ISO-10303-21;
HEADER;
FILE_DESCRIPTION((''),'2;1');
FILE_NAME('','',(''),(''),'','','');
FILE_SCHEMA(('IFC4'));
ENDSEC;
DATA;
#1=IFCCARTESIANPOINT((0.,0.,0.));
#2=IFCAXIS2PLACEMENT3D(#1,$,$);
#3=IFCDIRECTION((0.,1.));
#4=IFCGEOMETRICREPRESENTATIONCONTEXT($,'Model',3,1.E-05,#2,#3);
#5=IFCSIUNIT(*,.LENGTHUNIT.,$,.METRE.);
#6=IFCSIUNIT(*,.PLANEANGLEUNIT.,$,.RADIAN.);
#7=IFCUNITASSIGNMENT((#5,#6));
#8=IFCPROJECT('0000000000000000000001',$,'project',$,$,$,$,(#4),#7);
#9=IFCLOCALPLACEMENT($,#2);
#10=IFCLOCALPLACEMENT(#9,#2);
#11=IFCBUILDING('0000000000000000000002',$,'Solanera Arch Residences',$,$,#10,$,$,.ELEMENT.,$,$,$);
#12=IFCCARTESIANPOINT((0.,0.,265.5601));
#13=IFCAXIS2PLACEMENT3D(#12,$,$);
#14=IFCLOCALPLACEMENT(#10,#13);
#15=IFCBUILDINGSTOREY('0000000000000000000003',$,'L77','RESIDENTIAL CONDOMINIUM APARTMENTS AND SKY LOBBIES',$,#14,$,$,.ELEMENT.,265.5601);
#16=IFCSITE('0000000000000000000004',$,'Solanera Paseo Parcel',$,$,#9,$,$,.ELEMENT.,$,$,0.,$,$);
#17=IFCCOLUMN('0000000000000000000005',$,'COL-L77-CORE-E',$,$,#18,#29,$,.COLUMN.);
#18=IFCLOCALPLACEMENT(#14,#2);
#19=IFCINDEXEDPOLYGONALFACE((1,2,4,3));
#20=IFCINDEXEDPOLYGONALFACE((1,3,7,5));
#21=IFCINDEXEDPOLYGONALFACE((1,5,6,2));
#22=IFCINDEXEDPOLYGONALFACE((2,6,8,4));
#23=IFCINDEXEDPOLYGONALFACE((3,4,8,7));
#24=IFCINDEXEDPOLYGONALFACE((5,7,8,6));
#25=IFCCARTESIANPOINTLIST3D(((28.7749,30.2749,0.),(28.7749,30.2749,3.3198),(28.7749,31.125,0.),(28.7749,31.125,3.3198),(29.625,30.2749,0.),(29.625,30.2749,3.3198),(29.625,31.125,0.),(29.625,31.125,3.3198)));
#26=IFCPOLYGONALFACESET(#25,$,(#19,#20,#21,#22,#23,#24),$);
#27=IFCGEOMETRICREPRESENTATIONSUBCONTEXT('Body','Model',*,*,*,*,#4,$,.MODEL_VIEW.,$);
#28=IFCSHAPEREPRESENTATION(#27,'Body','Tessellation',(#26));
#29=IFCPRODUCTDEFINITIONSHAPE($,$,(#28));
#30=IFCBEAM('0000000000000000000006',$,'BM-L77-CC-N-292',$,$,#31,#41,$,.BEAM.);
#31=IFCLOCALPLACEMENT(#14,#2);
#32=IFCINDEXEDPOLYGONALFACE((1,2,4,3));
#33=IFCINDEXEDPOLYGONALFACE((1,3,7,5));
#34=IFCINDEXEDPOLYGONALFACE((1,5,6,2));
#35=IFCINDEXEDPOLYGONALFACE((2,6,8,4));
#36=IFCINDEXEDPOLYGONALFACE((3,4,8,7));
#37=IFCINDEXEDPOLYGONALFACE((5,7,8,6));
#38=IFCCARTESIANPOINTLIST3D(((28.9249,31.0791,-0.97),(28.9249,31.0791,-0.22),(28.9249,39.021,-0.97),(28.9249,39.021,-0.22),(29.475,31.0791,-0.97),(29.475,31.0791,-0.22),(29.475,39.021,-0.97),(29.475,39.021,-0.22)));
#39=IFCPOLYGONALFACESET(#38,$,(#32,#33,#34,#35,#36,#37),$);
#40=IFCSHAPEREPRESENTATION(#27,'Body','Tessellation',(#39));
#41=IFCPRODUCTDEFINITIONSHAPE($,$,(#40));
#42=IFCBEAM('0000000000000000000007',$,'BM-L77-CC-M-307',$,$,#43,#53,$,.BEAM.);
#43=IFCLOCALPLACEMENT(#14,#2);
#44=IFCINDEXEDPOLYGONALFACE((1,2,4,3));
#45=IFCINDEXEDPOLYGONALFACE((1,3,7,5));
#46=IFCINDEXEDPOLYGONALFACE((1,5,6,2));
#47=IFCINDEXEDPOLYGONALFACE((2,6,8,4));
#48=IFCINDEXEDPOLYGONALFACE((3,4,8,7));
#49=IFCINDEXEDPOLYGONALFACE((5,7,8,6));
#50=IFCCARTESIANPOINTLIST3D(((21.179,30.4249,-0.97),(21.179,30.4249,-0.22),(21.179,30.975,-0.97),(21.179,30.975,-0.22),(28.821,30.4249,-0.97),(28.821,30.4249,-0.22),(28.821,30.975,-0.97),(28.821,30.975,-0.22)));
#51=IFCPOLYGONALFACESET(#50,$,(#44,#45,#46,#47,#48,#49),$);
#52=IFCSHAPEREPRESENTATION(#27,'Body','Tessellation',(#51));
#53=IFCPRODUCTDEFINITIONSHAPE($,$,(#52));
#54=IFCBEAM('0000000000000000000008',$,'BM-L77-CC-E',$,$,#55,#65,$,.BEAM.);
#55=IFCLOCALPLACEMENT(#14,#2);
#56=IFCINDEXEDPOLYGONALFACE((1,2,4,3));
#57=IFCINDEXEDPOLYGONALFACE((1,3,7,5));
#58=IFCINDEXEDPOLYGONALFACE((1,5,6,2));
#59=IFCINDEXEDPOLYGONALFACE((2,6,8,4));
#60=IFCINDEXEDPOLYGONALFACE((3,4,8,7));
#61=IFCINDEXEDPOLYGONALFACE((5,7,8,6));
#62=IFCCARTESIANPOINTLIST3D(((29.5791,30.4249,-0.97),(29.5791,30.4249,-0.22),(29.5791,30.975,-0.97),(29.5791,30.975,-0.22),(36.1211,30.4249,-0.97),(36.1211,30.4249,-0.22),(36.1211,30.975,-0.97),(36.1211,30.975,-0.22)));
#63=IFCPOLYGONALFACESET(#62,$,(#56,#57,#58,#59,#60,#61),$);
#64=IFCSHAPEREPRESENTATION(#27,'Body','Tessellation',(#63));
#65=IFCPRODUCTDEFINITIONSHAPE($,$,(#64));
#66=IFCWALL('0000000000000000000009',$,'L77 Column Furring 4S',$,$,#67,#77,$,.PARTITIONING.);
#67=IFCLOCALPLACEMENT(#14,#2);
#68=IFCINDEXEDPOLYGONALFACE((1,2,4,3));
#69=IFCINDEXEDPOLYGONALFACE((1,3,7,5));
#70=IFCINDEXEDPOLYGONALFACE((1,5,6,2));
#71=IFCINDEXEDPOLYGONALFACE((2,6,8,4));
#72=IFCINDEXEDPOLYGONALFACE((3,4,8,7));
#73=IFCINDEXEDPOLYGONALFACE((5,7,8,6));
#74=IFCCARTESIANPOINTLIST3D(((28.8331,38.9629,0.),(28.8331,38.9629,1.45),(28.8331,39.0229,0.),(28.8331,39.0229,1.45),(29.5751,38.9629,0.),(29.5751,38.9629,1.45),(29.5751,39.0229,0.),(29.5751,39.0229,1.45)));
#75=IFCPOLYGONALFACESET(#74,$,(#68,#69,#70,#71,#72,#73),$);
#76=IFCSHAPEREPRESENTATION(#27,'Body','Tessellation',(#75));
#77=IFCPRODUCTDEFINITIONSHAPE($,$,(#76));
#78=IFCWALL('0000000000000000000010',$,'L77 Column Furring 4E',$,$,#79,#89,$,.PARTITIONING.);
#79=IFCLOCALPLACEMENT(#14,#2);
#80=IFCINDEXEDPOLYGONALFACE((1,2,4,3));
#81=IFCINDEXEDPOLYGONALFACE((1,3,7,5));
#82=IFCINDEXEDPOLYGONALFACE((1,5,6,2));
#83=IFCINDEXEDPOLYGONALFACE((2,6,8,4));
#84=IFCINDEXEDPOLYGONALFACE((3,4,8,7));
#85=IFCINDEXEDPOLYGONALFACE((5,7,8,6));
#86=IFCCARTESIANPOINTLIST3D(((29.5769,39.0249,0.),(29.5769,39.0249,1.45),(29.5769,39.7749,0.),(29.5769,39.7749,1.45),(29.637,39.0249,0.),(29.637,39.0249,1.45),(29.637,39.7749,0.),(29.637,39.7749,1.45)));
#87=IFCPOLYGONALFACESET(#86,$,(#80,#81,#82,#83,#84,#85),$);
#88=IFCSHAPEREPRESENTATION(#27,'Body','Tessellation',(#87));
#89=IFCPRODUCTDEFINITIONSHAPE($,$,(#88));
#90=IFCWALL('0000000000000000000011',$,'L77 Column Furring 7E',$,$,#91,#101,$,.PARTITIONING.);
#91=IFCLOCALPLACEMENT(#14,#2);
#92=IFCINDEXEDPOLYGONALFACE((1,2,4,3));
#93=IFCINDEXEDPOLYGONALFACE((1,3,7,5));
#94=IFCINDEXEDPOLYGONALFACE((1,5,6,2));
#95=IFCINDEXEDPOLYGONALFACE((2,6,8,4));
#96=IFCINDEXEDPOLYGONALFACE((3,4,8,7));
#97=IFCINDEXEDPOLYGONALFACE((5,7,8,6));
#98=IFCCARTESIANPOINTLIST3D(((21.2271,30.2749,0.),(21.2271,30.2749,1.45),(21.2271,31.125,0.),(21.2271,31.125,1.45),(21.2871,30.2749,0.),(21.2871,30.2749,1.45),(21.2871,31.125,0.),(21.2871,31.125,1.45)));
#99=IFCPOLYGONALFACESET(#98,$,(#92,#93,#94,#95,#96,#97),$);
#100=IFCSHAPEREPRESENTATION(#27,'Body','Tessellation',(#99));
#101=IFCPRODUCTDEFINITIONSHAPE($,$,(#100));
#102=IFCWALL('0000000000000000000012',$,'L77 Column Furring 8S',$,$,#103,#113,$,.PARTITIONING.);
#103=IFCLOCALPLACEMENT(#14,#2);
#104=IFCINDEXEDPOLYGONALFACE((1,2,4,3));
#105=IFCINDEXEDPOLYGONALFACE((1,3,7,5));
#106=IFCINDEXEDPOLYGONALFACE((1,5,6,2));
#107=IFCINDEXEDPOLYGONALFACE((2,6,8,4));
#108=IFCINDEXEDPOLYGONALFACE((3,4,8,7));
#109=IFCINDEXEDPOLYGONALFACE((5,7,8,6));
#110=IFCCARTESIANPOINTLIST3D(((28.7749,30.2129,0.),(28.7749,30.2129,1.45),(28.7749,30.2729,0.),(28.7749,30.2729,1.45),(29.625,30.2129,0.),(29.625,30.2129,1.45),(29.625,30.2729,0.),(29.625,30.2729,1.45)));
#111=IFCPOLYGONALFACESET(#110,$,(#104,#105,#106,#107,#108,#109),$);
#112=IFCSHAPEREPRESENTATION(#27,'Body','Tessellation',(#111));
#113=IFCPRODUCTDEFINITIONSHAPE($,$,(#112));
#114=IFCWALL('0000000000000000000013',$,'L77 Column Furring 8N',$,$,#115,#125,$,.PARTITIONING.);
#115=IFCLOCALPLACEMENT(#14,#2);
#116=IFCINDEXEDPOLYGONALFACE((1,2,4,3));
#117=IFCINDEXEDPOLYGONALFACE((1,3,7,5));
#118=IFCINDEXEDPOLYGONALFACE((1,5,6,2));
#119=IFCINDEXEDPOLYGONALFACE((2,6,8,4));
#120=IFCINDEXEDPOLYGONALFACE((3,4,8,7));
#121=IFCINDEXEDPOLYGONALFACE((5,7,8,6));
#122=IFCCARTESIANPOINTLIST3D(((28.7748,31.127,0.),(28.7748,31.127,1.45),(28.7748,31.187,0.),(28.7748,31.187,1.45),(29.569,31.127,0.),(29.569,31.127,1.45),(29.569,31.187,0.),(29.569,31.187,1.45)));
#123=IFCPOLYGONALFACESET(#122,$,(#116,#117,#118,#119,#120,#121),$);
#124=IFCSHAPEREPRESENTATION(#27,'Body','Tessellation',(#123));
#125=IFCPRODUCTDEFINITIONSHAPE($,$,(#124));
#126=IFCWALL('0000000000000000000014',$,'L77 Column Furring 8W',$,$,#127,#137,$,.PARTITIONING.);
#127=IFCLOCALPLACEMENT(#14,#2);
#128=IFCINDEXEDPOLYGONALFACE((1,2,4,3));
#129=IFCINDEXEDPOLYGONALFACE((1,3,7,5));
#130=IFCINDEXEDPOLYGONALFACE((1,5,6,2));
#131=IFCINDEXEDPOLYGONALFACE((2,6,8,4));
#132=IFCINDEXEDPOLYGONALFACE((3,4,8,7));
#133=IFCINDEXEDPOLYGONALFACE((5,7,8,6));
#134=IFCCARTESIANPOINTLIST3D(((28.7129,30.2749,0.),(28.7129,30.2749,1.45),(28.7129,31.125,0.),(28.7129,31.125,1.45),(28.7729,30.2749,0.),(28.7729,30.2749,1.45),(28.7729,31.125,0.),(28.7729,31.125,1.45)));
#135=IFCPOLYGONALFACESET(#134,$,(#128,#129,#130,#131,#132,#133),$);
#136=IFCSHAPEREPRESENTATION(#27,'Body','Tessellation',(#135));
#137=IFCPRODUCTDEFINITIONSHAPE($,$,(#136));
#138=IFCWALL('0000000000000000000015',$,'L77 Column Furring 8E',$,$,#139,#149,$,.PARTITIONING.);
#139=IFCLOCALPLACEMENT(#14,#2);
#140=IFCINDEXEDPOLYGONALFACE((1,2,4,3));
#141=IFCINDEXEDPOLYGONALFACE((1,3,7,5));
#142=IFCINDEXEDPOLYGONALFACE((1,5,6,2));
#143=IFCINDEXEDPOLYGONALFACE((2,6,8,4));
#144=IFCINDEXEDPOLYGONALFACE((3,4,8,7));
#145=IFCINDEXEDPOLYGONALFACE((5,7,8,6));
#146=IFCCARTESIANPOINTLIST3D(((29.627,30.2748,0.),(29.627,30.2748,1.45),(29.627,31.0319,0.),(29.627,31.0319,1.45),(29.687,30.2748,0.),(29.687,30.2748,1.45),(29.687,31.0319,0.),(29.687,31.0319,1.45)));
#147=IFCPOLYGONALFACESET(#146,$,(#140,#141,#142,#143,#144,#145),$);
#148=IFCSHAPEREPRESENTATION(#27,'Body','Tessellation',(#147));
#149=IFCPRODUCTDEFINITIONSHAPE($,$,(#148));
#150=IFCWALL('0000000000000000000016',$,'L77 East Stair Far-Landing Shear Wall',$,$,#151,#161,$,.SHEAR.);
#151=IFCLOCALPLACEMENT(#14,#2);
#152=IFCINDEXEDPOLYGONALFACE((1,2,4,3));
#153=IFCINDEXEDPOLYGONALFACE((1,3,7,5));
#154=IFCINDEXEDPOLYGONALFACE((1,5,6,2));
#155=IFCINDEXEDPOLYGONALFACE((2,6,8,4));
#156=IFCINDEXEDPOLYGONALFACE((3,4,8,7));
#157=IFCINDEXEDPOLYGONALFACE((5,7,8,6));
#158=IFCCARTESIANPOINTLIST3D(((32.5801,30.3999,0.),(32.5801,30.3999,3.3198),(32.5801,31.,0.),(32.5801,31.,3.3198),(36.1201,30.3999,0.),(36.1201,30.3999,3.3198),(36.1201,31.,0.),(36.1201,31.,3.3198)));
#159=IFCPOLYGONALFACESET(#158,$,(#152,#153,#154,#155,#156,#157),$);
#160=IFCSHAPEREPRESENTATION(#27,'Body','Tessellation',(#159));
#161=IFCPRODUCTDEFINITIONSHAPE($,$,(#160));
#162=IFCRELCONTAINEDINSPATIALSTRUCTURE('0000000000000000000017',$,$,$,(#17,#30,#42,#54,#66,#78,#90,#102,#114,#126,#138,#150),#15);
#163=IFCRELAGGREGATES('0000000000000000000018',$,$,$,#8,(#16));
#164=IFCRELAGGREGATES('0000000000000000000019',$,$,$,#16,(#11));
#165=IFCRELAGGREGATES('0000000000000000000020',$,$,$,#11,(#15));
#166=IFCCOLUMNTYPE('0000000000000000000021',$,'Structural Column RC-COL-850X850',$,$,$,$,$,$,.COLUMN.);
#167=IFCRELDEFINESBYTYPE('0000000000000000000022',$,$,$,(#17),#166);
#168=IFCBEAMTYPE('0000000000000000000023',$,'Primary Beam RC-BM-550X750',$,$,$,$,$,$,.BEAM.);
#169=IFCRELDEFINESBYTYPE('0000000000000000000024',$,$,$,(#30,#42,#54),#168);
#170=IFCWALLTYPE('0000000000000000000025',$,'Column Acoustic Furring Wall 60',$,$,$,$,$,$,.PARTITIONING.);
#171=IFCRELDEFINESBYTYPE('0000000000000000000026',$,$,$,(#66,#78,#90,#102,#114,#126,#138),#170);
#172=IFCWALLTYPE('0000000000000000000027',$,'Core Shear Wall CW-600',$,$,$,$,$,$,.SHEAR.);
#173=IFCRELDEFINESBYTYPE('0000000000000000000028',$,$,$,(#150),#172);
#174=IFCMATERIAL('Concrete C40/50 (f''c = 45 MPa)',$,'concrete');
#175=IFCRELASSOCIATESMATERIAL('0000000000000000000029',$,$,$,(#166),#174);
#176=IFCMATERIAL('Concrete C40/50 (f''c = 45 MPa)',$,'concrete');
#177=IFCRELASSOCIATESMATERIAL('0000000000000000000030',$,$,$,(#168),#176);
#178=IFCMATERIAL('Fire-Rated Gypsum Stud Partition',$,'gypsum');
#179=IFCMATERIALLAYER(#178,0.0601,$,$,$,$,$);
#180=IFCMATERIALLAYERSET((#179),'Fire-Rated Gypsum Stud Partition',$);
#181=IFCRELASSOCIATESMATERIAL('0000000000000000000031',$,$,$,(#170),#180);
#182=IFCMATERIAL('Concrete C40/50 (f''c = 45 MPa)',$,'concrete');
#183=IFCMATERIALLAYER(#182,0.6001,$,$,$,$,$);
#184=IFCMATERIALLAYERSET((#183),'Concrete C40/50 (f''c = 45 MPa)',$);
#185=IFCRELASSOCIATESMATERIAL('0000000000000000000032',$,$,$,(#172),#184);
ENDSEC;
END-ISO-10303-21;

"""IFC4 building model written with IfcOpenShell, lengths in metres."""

from ifc_helpers import new_model, si_unit, direction, frame, frame_2d, origin, origin_2d, place, context, subcontext, project, spatial, rectangle, extrude, material, layer, layer_set, material_profile, profile_set, type_object, element, save


model = new_model("IFC4")

# Units and contexts
model_context = context("Model", 3, precision=1e-05, world=origin(), true_north=direction((0.0, 1.0)))
body_context = subcontext(model_context, "Body", "Model", "MODEL_VIEW")
ifc_project = project(units=[si_unit("LENGTHUNIT", "METRE"), si_unit("PLANEANGLEUNIT", "RADIAN")], contexts=[model_context])

# Site, building, storey
site_placement = place(None, origin())
site = spatial("IfcSite", under=ifc_project, at=site_placement, Name="Solanera Paseo Parcel", CompositionType="ELEMENT", RefElevation=0.0)
building_placement = place(site_placement, origin())
building = spatial("IfcBuilding", under=site, at=building_placement, Name="Solanera Arch Residences", CompositionType="ELEMENT")
storey_placement = place(building_placement, frame((0.0, 0.0, 265.5601)))
storey = spatial("IfcBuildingStorey", under=building, at=storey_placement, Name="L77", Description="RESIDENTIAL CONDOMINIUM APARTMENTS AND SKY LOBBIES", CompositionType="ELEMENT", Elevation=265.5601)

# Column
ifc_material_1 = material(Name="Concrete C40/50 (f'c = 45 MPa)", Category="concrete")
ifc_material_profile_1 = material_profile(ifc_material_1, rectangle(XDim=0.8501, YDim=0.8501, at=origin_2d()))
ifc_profile_set_1 = profile_set([ifc_material_profile_1], Name="Concrete C40/50 (f'c = 45 MPa)")
column_type = type_object("IfcColumnType", Name="Structural Column RC-COL-850X850", PredefinedType="COLUMN", material=ifc_profile_set_1)
column_placement = place(storey_placement, frame((29.2, 30.7, 0.0), z_axis=(0.0, 0.0, 1.0), x_axis=(1.0, 0.0, 0.0)))
element("IfcColumn", 1, at=column_placement, inside=storey, type_object=column_type, Name="COL-L77-CORE-E", PredefinedType="COLUMN", context=body_context, shape_type="SweptSolid", body=[
    extrude(rectangle(XDim=0.8501, YDim=0.8501, at=origin_2d()), origin(), (0.0, 0.0, 1.0), 3.3198),
])

# Beams
ifc_material_2 = material(Name="Concrete C40/50 (f'c = 45 MPa)", Category="concrete")
ifc_material_profile_2 = material_profile(ifc_material_2, rectangle(XDim=0.55, YDim=0.75, at=origin_2d()))
ifc_profile_set_2 = profile_set([ifc_material_profile_2], Name="Concrete C40/50 (f'c = 45 MPa)")
beam_type = type_object("IfcBeamType", Name="Primary Beam RC-BM-550X750", PredefinedType="BEAM", material=ifc_profile_set_2)
beam_1_placement = place(storey_placement, frame((29.2, 31.0791, -0.595), z_axis=(0.0, 1.0, 0.0), x_axis=(-1.0, 0.0, 0.0)))
element("IfcBeam", 2, at=beam_1_placement, inside=storey, type_object=beam_type, Name="BM-L77-CC-N-292", PredefinedType="BEAM", context=body_context, shape_type="SweptSolid", body=[
    extrude(rectangle(XDim=0.55, YDim=0.75, at=origin_2d()), origin(), (0.0, 0.0, 1.0), 7.9419),
])
beam_2_placement = place(storey_placement, frame((21.179, 30.7, -0.595), z_axis=(1.0, 0.0, 0.0), x_axis=(0.0, 1.0, 0.0)))
element("IfcBeam", 3, at=beam_2_placement, inside=storey, type_object=beam_type, Name="BM-L77-CC-M-307", PredefinedType="BEAM", context=body_context, shape_type="SweptSolid", body=[
    extrude(rectangle(XDim=0.55, YDim=0.75, at=origin_2d()), origin(), (0.0, 0.0, 1.0), 7.6421),
])
beam_3_placement = place(storey_placement, frame((29.5791, 30.7, -0.595), z_axis=(1.0, 0.0, 0.0), x_axis=(0.0, 1.0, 0.0)))
element("IfcBeam", 4, at=beam_3_placement, inside=storey, type_object=beam_type, Name="BM-L77-CC-E", PredefinedType="BEAM", context=body_context, shape_type="SweptSolid", body=[
    extrude(rectangle(XDim=0.55, YDim=0.75, at=origin_2d()), origin(), (0.0, 0.0, 1.0), 6.542),
])

# Walls
ifc_material_3 = material(Name="Fire-Rated Gypsum Stud Partition", Category="gypsum")
ifc_layer_1 = layer(ifc_material_3, 0.0601)
ifc_layer_set_1 = layer_set([ifc_layer_1], Name="Fire-Rated Gypsum Stud Partition")
wall_type_1 = type_object("IfcWallType", Name="Column Acoustic Furring Wall 60", PredefinedType="PARTITIONING", material=ifc_layer_set_1)
wall_1_placement = place(storey_placement, frame((28.833, 38.9929, 0.0), z_axis=(0.0, 0.0, 1.0), x_axis=(1.0, 0.0, 0.0)))
element("IfcWall", 5, at=wall_1_placement, inside=storey, type_object=wall_type_1, Name="L77 Column Furring 4S", PredefinedType="PARTITIONING", context=body_context, shape_type="SweptSolid", body=[
    extrude(rectangle(XDim=0.7419, YDim=0.0601, at=frame_2d((0.3711, 0.0))), origin(), (0.0, 0.0, 1.0), 1.45),
])
wall_2_placement = place(storey_placement, frame((29.6069, 39.0249, 0.0), z_axis=(0.0, 0.0, 1.0), x_axis=(0.0, 1.0, 0.0)))
element("IfcWall", 6, at=wall_2_placement, inside=storey, type_object=wall_type_1, Name="L77 Column Furring 4E", PredefinedType="PARTITIONING", context=body_context, shape_type="SweptSolid", body=[
    extrude(rectangle(XDim=0.75, YDim=0.0601, at=frame_2d((0.375, 0.0))), origin(), (0.0, 0.0, 1.0), 1.45),
])
for number, where, z_axis, x_axis, name in (
    (7, (21.2571, 30.2749, 0.0), (0.0, 0.0, 1.0), (0.0, 1.0, 0.0), "L77 Column Furring 7E"),
    (8, (28.7749, 30.2429, 0.0), (0.0, 0.0, 1.0), (1.0, 0.0, 0.0), "L77 Column Furring 8S"),
):
    element("IfcWall", number, at=place(storey_placement, frame(where, z_axis=z_axis, x_axis=x_axis)), inside=storey, type_object=wall_type_1, Name=name, PredefinedType="PARTITIONING", context=body_context, shape_type="SweptSolid", body=[
        extrude(rectangle(XDim=0.8501, YDim=0.0601, at=frame_2d((0.425, 0.0))), origin(), (0.0, 0.0, 1.0), 1.45),
    ])
wall_3_placement = place(storey_placement, frame((28.7749, 31.157, 0.0), z_axis=(0.0, 0.0, 1.0), x_axis=(1.0, 0.0, 0.0)))
element("IfcWall", 9, at=wall_3_placement, inside=storey, type_object=wall_type_1, Name="L77 Column Furring 8N", PredefinedType="PARTITIONING", context=body_context, shape_type="SweptSolid", body=[
    extrude(rectangle(XDim=0.7942, YDim=0.0601, at=frame_2d((0.397, 0.0))), origin(), (0.0, 0.0, 1.0), 1.45),
])
wall_4_placement = place(storey_placement, frame((28.7429, 30.2749, 0.0), z_axis=(0.0, 0.0, 1.0), x_axis=(0.0, 1.0, 0.0)))
element("IfcWall", 10, at=wall_4_placement, inside=storey, type_object=wall_type_1, Name="L77 Column Furring 8W", PredefinedType="PARTITIONING", context=body_context, shape_type="SweptSolid", body=[
    extrude(rectangle(XDim=0.8501, YDim=0.0601, at=frame_2d((0.425, 0.0))), origin(), (0.0, 0.0, 1.0), 1.45),
])
wall_5_placement = place(storey_placement, frame((29.657, 30.2749, 0.0), z_axis=(0.0, 0.0, 1.0), x_axis=(0.0, 1.0, 0.0)))
element("IfcWall", 11, at=wall_5_placement, inside=storey, type_object=wall_type_1, Name="L77 Column Furring 8E", PredefinedType="PARTITIONING", context=body_context, shape_type="SweptSolid", body=[
    extrude(rectangle(XDim=0.7571, YDim=0.0601, at=frame_2d((0.3784, 0.0))), origin(), (0.0, 0.0, 1.0), 1.45),
])

# Wall
ifc_material_4 = material(Name="Concrete C40/50 (f'c = 45 MPa)", Category="concrete")
ifc_layer_2 = layer(ifc_material_4, 0.6001)
ifc_layer_set_2 = layer_set([ifc_layer_2], Name="Concrete C40/50 (f'c = 45 MPa)")
wall_type_2 = type_object("IfcWallType", Name="Core Shear Wall CW-600", PredefinedType="SHEAR", material=ifc_layer_set_2)
wall_6_placement = place(storey_placement, frame((32.5801, 30.7, 0.0), z_axis=(0.0, 0.0, 1.0), x_axis=(1.0, 0.0, 0.0)))
element("IfcWall", 12, at=wall_6_placement, inside=storey, type_object=wall_type_2, Name="L77 East Stair Far-Landing Shear Wall", PredefinedType="SHEAR", context=body_context, shape_type="SweptSolid", body=[
    extrude(rectangle(XDim=3.54, YDim=0.6001, at=frame_2d((1.77, 0.0))), origin(), (0.0, 0.0, 1.0), 3.3198),
])

save(model, "model.ifc")
